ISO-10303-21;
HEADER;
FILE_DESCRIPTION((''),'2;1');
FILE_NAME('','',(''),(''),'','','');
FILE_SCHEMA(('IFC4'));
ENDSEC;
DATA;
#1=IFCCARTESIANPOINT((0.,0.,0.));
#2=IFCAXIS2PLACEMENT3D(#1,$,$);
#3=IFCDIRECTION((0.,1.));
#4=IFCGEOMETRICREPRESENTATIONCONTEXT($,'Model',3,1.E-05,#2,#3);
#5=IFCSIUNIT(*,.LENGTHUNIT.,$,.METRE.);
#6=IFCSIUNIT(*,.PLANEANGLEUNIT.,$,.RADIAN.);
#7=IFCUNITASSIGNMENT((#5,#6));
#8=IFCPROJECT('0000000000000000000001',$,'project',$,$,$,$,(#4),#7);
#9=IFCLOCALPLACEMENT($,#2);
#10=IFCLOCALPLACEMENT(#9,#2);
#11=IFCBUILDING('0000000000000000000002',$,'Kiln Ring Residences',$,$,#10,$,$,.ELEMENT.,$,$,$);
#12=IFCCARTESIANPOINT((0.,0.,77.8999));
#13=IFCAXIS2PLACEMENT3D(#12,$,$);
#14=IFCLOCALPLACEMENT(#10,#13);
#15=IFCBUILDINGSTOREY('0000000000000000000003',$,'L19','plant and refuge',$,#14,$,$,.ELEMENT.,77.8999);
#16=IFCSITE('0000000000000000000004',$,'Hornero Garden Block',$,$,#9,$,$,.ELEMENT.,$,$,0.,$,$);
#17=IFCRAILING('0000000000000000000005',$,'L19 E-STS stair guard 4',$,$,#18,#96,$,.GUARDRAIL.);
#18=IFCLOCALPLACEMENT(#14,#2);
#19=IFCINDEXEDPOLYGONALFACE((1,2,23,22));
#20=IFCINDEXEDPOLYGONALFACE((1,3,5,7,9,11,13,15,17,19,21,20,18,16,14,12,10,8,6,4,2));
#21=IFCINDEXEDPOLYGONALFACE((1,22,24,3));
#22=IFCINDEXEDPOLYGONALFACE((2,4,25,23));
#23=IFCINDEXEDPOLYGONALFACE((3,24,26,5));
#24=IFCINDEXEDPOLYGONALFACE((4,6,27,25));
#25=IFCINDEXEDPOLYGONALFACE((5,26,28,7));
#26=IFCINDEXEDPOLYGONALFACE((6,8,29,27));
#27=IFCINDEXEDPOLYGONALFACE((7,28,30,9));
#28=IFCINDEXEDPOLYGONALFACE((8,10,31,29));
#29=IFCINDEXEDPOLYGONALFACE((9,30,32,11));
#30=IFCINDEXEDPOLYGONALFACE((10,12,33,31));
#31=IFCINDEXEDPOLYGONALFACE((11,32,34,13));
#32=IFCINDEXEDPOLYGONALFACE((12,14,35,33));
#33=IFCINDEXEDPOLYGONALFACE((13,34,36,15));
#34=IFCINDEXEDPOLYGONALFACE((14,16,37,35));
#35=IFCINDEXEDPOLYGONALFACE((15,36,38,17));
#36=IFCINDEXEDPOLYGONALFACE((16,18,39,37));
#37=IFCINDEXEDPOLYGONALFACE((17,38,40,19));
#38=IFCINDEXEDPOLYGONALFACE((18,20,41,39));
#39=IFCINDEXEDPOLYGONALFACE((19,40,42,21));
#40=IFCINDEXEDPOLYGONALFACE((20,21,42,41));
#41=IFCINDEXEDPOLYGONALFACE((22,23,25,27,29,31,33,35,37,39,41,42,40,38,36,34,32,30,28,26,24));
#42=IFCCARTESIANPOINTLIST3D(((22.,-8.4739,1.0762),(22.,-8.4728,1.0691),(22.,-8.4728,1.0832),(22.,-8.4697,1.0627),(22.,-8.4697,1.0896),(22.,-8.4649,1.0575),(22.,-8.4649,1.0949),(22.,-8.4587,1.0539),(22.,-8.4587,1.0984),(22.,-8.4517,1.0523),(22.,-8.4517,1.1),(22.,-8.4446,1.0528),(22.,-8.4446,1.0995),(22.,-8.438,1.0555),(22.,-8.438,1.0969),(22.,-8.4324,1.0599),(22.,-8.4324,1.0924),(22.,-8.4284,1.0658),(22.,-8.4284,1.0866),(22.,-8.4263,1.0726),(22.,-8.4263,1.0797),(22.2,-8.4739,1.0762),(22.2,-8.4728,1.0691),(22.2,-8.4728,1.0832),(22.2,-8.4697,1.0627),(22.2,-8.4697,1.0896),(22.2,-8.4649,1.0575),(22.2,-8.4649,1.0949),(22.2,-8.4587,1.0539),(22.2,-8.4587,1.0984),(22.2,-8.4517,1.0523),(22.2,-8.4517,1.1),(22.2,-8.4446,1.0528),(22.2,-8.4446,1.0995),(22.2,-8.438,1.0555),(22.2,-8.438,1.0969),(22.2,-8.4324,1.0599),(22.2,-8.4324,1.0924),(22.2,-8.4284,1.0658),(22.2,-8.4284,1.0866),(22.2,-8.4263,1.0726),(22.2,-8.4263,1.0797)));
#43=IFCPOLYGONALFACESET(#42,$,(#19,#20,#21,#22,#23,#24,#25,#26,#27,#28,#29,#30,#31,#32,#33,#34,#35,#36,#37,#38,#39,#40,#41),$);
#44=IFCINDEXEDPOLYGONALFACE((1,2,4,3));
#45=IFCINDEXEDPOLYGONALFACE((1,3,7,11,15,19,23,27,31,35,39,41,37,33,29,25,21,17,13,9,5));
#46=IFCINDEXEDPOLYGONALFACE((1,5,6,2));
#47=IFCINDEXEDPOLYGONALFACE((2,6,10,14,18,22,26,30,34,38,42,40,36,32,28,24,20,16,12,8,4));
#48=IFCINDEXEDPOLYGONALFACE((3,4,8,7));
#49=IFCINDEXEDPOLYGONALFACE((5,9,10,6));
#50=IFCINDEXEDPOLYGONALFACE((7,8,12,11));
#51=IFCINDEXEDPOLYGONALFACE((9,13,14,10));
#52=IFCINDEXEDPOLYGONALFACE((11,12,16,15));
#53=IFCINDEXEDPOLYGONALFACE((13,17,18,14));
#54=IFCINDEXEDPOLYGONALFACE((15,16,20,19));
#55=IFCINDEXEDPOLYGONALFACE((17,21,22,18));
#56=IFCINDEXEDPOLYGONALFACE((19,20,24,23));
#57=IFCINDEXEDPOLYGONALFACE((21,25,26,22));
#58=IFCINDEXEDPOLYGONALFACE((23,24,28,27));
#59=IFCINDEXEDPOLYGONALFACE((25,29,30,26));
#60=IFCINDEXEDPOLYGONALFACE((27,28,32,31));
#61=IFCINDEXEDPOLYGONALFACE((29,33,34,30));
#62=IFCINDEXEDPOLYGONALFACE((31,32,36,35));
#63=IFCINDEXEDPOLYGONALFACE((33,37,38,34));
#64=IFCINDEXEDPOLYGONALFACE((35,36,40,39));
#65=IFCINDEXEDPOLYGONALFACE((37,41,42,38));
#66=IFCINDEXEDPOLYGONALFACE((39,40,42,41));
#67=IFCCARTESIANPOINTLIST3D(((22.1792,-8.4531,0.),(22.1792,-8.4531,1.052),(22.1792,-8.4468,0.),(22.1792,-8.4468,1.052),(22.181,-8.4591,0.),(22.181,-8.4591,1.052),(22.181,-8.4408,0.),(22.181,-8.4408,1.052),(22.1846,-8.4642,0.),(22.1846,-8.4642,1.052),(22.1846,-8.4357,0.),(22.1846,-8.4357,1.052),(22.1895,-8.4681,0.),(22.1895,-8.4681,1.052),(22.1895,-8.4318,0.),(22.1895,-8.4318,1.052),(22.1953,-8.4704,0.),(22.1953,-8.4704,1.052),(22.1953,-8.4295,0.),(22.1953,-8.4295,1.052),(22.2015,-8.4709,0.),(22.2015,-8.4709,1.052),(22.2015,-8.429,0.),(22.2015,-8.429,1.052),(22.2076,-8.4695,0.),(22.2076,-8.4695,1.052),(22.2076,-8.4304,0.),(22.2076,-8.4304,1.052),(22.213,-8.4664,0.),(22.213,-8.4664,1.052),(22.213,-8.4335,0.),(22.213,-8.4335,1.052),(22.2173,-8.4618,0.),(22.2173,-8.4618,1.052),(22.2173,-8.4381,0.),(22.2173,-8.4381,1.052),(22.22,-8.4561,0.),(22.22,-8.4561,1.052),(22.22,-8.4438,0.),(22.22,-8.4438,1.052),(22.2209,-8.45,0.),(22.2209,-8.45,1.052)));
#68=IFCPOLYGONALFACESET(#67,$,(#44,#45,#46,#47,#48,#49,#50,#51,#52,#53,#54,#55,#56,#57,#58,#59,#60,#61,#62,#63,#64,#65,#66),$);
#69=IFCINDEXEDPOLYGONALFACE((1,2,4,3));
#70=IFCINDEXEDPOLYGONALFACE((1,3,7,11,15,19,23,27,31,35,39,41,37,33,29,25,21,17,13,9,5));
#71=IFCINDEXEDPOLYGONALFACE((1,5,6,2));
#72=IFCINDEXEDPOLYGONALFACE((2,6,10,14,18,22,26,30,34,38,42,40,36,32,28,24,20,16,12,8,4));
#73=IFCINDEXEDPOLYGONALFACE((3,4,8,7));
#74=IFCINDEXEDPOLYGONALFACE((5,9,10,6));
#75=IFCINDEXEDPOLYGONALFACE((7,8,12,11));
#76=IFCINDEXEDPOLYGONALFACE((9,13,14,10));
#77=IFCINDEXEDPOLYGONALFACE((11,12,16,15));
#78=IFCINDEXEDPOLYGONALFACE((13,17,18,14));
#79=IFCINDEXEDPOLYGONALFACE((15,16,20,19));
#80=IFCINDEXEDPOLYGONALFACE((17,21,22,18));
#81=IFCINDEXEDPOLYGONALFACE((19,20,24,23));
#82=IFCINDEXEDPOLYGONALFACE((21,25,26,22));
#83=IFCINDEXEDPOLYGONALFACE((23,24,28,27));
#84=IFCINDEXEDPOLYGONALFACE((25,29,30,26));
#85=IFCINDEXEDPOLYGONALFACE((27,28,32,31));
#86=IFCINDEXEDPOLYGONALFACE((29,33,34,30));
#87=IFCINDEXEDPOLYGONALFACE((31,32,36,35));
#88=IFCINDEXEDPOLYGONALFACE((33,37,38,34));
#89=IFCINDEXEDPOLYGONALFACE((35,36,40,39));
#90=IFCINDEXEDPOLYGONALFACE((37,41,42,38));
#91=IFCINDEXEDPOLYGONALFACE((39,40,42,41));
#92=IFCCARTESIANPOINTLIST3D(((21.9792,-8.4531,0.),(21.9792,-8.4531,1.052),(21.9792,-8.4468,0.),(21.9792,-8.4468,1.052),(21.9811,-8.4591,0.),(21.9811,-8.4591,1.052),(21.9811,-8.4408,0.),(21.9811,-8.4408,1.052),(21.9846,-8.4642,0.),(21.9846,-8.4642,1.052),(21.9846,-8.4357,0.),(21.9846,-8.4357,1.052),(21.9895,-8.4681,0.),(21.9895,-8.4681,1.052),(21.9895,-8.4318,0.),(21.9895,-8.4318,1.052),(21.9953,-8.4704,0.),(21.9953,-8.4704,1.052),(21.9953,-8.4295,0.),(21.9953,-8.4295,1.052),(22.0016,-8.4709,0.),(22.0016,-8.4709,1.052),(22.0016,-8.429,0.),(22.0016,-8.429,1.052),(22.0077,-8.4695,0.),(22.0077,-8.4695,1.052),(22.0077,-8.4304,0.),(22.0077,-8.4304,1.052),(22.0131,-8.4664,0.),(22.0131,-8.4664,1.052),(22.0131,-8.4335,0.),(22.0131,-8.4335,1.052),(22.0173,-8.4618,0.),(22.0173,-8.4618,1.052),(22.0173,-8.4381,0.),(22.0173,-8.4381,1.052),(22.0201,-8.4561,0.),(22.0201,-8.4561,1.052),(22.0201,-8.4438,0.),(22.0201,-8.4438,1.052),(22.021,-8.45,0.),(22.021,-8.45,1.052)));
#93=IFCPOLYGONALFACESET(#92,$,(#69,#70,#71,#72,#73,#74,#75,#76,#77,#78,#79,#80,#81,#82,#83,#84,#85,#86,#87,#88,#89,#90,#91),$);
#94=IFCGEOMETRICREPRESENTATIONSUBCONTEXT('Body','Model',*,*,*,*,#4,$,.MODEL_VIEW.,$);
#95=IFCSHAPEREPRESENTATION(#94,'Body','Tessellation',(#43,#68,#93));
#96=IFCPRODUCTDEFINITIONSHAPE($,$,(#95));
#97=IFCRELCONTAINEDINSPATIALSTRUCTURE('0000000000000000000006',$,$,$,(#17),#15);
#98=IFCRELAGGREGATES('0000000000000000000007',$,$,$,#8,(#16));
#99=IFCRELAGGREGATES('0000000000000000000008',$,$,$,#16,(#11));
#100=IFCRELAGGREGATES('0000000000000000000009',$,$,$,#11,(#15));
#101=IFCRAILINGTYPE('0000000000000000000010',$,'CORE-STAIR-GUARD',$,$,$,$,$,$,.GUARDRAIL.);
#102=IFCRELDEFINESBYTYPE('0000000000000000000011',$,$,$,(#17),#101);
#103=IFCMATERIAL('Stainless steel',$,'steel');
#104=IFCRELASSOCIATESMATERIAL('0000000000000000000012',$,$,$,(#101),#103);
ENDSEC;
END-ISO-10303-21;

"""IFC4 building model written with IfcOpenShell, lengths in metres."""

from ifc_helpers import new_model, si_unit, direction, frame, origin, origin_2d, place, context, subcontext, project, spatial, circle, extrude, material, type_object, element, save


model = new_model("IFC4")

# Units and contexts
model_context = context("Model", 3, precision=1e-05, world=origin(), true_north=direction((0.0, 1.0)))
body_context = subcontext(model_context, "Body", "Model", "MODEL_VIEW")
ifc_project = project(units=[si_unit("LENGTHUNIT", "METRE"), si_unit("PLANEANGLEUNIT", "RADIAN")], contexts=[model_context])

# Site, building, storey
site_placement = place(None, origin())
site = spatial("IfcSite", under=ifc_project, at=site_placement, Name="Hornero Garden Block", CompositionType="ELEMENT", RefElevation=0.0)
building_placement = place(site_placement, origin())
building = spatial("IfcBuilding", under=site, at=building_placement, Name="Kiln Ring Residences", CompositionType="ELEMENT")
storey_placement = place(building_placement, frame((0.0, 0.0, 77.8999)))
storey = spatial("IfcBuildingStorey", under=building, at=storey_placement, Name="L19", Description="plant and refuge", CompositionType="ELEMENT", Elevation=77.8999)

# Railing
ifc_material_1 = material(Name="Stainless steel", Category="steel")
railing_type_1 = type_object("IfcRailingType", Name="CORE-STAIR-GUARD", PredefinedType="GUARDRAIL", material=ifc_material_1)
railing_1_placement = place(storey_placement, frame((22.2, -8.45, 0.0)))
element("IfcRailing", 1, at=railing_1_placement, inside=storey, type_object=railing_type_1, Name="L19 E-STS stair guard 4", PredefinedType="GUARDRAIL", context=body_context, shape_type="SweptSolid", body=[
    extrude(circle(Radius=0.0239, at=origin_2d()), frame((0.0, 0.0, 1.0762), z_axis=(-1.0, 0.0, 0.0), x_axis=(0.0, -1.0, 0.0)), (0.0, 0.0, 1.0), 0.2),
    extrude(circle(Radius=0.021, at=origin_2d()), origin(), (0.0, 0.0, 1.0), 1.052),
    extrude(circle(Radius=0.021, at=origin_2d()), frame((-0.2, 0.0, 0.0)), (0.0, 0.0, 1.0), 1.052),
])

save(model, "model.ifc")
